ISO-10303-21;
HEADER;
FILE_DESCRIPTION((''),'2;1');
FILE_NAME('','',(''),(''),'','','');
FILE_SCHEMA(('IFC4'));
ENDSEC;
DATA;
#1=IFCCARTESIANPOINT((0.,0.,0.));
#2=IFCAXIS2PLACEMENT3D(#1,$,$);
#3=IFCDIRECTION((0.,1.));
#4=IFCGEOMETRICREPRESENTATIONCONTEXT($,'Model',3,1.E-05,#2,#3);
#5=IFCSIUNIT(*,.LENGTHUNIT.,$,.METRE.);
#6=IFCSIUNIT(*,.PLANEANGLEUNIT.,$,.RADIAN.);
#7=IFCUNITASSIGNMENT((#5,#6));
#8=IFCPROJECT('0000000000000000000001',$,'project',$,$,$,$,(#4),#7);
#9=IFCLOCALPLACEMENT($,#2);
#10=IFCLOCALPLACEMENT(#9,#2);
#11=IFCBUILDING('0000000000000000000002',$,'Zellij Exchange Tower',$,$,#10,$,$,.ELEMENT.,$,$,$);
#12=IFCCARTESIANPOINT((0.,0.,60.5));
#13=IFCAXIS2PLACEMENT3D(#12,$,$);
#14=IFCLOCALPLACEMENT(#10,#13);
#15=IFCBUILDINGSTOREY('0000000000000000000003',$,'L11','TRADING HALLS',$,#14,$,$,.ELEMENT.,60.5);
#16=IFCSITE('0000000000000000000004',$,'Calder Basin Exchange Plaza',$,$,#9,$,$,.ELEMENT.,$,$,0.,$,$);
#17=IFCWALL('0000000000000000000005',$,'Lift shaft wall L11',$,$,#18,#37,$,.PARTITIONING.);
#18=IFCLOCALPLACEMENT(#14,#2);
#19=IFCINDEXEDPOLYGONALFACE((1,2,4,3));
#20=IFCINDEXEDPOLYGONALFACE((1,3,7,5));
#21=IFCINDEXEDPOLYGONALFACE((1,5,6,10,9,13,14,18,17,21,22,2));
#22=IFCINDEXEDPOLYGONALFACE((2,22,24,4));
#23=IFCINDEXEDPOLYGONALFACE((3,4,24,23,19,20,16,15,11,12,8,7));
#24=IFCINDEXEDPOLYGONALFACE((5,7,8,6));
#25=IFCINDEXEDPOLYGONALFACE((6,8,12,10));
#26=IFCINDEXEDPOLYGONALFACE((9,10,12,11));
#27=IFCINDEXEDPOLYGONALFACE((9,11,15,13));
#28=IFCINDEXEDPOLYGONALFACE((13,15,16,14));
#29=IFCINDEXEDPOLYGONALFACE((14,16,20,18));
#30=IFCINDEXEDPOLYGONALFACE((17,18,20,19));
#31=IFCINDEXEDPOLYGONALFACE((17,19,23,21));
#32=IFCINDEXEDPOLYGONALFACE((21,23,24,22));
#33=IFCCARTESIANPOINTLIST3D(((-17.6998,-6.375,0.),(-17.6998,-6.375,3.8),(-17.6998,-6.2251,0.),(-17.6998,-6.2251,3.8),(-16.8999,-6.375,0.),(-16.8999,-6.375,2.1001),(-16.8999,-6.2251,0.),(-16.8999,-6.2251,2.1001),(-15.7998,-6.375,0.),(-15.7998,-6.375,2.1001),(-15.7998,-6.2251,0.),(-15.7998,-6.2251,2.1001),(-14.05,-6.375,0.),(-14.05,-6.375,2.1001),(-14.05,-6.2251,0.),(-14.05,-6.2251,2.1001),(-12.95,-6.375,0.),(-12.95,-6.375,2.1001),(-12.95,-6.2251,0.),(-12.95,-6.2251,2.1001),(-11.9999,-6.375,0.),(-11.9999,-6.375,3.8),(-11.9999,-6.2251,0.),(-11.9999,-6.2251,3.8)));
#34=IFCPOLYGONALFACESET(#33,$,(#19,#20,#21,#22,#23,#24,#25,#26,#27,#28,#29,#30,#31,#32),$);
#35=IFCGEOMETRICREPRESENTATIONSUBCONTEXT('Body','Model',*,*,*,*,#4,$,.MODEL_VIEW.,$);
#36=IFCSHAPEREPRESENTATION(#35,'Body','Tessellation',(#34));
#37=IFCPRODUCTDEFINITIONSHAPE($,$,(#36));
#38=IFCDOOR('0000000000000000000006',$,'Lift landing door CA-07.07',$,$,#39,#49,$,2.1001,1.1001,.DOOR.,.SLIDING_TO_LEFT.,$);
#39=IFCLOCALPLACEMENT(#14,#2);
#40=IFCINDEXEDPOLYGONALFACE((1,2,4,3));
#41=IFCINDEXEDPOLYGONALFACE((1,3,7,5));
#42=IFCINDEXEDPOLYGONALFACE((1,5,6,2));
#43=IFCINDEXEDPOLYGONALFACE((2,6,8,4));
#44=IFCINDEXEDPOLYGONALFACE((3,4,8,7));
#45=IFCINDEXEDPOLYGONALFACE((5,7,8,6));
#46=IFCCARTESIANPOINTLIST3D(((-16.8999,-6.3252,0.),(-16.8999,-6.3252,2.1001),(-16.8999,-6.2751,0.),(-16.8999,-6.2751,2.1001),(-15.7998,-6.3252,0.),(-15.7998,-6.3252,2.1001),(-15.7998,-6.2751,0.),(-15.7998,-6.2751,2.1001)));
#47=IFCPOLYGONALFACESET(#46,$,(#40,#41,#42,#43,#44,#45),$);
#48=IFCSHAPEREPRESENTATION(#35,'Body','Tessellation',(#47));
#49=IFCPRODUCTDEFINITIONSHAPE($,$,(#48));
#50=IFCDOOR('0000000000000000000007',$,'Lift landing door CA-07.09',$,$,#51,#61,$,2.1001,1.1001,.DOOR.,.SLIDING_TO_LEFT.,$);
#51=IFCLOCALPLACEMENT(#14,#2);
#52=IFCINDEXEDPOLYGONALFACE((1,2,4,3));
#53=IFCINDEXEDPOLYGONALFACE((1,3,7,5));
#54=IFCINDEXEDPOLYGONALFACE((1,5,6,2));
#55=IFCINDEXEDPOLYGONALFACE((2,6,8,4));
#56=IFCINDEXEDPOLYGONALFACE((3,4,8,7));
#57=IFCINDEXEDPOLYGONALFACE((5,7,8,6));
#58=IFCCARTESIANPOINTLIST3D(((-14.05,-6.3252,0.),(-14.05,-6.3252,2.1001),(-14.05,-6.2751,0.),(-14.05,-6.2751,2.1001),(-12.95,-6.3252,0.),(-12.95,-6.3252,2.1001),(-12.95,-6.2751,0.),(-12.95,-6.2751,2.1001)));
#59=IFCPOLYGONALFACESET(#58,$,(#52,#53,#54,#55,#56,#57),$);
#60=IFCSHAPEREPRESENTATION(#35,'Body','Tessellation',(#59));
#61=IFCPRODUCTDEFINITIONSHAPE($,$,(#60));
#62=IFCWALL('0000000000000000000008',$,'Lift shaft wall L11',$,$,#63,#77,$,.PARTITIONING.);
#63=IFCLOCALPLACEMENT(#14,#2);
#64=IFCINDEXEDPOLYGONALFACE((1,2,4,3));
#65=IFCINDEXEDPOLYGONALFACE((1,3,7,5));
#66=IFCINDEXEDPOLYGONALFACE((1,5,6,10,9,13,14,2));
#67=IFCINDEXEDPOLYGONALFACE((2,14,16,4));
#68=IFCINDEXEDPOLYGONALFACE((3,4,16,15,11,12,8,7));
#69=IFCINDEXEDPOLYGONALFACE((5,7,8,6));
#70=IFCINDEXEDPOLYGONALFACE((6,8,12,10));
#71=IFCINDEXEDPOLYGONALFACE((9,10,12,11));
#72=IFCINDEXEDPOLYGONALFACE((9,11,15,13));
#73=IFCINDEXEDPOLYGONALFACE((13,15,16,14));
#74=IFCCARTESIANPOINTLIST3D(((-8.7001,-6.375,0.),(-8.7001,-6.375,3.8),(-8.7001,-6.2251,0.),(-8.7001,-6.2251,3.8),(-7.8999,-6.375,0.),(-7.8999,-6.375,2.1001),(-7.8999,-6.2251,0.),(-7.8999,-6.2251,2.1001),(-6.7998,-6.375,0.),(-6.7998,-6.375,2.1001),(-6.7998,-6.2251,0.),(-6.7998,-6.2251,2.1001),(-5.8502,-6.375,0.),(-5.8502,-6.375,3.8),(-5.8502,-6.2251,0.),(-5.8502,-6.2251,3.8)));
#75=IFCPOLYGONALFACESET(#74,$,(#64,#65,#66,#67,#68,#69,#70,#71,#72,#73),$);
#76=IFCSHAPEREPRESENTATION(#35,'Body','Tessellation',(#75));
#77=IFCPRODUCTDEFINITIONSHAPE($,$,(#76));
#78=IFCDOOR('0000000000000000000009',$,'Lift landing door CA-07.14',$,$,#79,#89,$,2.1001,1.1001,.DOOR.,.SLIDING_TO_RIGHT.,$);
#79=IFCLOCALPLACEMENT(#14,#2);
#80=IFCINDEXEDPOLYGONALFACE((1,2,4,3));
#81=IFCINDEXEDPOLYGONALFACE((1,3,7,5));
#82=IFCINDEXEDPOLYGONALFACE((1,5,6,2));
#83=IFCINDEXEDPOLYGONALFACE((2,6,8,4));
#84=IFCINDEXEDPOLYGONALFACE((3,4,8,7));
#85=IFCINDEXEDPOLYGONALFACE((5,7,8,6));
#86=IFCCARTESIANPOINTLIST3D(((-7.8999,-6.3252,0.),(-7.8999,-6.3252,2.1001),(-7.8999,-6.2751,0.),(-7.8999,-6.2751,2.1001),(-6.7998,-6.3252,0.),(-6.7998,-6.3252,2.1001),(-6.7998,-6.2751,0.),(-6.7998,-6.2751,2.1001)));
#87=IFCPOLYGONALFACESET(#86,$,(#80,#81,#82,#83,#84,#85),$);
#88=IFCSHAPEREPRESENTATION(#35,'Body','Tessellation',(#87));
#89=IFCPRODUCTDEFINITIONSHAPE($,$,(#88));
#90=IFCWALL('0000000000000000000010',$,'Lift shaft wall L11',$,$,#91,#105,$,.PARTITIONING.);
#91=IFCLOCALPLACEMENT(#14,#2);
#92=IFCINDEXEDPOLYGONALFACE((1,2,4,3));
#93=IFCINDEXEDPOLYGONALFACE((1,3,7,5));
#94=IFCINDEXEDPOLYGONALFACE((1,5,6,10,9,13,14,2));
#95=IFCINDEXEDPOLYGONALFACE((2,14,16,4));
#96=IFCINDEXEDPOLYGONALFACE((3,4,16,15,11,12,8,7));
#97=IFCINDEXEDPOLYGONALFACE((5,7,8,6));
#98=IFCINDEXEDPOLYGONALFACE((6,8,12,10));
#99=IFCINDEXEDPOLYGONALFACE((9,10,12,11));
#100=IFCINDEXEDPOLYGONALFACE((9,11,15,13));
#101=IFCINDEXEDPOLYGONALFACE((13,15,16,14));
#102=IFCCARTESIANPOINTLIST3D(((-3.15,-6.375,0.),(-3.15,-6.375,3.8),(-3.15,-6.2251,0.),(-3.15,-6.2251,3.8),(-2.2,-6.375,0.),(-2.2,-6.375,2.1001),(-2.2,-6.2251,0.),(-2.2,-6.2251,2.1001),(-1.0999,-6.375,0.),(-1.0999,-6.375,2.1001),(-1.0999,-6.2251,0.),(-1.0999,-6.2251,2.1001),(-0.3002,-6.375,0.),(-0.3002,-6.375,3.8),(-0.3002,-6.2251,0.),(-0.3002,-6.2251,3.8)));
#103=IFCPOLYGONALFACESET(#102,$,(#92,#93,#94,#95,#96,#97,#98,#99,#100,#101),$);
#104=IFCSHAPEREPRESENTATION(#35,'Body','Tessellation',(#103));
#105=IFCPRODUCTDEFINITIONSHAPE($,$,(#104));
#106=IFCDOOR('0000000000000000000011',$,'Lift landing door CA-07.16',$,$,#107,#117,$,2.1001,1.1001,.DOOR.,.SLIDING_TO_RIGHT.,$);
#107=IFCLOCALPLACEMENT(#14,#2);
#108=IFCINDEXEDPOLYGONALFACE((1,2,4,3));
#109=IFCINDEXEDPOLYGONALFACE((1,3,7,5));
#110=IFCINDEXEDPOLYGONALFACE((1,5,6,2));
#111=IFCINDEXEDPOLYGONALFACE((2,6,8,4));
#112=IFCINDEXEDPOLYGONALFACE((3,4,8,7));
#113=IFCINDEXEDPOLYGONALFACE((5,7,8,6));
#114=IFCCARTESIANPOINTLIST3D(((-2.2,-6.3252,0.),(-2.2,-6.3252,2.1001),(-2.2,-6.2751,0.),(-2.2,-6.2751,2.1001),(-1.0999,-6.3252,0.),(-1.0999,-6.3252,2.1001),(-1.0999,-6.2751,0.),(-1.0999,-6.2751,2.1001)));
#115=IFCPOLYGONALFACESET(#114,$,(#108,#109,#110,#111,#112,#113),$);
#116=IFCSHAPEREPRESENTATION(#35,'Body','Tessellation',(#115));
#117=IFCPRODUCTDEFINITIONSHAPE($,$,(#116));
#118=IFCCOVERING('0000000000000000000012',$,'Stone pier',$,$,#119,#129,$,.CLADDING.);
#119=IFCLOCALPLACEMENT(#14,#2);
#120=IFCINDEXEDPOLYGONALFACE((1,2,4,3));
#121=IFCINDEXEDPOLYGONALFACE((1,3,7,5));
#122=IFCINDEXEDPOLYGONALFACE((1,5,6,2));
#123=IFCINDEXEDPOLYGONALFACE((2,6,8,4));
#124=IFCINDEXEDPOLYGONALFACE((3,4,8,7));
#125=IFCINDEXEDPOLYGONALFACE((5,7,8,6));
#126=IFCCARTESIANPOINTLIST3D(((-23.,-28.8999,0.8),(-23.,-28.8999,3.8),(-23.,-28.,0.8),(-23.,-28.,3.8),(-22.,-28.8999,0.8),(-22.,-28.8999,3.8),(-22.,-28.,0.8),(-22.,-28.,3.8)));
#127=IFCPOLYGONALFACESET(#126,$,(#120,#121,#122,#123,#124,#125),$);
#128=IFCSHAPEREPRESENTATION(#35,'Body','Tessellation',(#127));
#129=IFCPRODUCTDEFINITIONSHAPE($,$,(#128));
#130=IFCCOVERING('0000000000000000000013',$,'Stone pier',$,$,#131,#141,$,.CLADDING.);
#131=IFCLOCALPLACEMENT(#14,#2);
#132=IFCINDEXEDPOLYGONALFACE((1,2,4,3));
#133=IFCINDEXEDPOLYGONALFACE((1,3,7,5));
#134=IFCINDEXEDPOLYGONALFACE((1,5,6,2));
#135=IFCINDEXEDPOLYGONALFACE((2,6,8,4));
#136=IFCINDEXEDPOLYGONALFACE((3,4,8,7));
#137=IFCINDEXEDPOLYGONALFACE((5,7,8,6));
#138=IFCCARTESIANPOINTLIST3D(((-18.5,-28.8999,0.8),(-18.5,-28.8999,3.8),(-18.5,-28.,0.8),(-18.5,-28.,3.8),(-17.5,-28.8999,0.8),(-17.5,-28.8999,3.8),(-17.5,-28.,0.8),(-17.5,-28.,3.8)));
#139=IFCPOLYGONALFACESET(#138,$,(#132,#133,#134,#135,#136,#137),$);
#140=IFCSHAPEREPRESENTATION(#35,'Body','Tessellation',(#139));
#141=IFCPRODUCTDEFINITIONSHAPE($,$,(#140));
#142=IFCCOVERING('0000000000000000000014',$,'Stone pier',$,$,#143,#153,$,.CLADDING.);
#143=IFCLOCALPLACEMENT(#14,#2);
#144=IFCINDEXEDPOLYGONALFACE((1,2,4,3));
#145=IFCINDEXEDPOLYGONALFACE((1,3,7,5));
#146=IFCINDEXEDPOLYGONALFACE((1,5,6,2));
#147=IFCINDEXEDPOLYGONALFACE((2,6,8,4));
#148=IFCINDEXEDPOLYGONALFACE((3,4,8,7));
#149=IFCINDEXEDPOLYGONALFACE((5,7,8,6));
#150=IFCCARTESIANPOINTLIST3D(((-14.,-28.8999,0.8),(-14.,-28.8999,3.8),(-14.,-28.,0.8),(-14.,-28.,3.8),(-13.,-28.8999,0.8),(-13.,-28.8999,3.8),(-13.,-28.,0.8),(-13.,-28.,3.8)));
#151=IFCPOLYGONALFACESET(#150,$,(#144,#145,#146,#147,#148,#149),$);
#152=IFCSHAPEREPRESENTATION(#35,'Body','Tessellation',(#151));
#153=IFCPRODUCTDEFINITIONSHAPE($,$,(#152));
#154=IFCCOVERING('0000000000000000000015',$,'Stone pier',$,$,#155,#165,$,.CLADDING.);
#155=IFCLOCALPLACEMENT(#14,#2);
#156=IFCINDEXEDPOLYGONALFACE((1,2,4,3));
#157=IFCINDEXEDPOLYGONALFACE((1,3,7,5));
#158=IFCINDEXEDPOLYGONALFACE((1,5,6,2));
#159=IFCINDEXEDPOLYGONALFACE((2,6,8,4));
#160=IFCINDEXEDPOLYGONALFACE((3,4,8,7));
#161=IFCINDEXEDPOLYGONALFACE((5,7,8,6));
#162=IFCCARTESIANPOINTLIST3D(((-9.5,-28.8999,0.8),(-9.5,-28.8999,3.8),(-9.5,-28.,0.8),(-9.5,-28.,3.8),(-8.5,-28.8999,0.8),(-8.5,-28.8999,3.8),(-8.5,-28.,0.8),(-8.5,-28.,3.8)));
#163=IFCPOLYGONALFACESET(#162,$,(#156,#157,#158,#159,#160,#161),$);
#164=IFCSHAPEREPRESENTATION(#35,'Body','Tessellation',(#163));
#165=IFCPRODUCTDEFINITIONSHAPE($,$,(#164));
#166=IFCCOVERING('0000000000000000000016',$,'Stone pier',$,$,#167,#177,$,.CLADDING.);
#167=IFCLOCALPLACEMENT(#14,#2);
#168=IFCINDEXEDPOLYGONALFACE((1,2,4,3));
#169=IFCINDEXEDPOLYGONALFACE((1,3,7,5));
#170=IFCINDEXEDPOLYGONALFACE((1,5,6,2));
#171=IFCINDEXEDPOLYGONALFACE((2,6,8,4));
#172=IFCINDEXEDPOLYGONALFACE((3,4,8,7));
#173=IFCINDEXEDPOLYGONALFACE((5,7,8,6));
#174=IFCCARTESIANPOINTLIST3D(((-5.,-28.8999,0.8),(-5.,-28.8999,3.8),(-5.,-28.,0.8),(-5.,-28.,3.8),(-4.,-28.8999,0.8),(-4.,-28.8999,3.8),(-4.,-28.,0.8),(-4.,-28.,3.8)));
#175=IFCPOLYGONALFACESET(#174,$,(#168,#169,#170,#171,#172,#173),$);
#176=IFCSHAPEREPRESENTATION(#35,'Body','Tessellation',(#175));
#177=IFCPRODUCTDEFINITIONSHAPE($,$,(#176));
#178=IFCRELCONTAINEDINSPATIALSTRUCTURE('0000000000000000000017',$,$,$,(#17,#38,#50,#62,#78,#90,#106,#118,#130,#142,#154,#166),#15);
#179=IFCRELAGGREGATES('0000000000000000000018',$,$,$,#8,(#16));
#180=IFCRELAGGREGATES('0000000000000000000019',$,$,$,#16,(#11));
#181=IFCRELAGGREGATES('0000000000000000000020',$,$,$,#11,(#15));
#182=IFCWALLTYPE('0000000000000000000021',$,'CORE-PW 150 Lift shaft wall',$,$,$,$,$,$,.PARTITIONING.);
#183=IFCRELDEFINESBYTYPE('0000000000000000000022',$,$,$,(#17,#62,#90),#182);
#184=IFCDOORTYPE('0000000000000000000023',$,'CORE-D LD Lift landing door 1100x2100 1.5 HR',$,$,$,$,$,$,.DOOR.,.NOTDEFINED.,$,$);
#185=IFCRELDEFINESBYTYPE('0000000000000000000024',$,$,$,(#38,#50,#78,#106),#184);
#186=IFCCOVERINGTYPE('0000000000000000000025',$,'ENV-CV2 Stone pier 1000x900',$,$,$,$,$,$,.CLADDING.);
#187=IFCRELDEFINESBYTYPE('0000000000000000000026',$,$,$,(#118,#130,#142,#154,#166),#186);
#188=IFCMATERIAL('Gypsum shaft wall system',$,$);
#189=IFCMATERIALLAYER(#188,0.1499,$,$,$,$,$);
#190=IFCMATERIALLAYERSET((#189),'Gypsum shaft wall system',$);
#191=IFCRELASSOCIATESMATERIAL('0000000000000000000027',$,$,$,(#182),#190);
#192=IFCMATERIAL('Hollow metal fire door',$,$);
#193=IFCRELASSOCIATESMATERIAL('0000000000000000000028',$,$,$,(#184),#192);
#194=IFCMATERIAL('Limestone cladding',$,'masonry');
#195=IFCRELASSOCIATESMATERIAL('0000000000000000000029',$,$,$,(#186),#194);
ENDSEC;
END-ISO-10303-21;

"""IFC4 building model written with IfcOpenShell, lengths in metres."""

from ifc_helpers import new_model, si_unit, direction, frame, frame_2d, origin, place, context, subcontext, project, spatial, polyline, rectangle, outline, extrude, material, layer, layer_set, type_object, element, fill, save


model = new_model("IFC4")

# Units and contexts
model_context = context("Model", 3, precision=1e-05, world=origin(), true_north=direction((0.0, 1.0)))
body_context = subcontext(model_context, "Body", "Model", "MODEL_VIEW")
ifc_project = project(units=[si_unit("LENGTHUNIT", "METRE"), si_unit("PLANEANGLEUNIT", "RADIAN")], contexts=[model_context])

# Site, building, storey
site_placement = place(None, origin())
site = spatial("IfcSite", under=ifc_project, at=site_placement, Name="Calder Basin Exchange Plaza", CompositionType="ELEMENT", RefElevation=0.0)
building_placement = place(site_placement, origin())
building = spatial("IfcBuilding", under=site, at=building_placement, Name="Zellij Exchange Tower", CompositionType="ELEMENT")
storey_placement = place(building_placement, frame((0.0, 0.0, 60.5)))
storey = spatial("IfcBuildingStorey", under=building, at=storey_placement, Name="L11", Description="TRADING HALLS", CompositionType="ELEMENT", Elevation=60.5)

# Shared definitions
ifc_material_1 = material(Name="Gypsum shaft wall system")
ifc_layer_1 = layer(ifc_material_1, 0.1499)
ifc_layer_set_1 = layer_set([ifc_layer_1], Name="Gypsum shaft wall system")
wall_type_1 = type_object("IfcWallType", Name="CORE-PW 150 Lift shaft wall", PredefinedType="PARTITIONING", material=ifc_layer_set_1)

# Wall, openings, doors
wall_1_placement = place(storey_placement, frame((-17.7, -6.3, 0.0), z_axis=(0.0, 0.0, 1.0), x_axis=(1.0, 0.0, 0.0)))
wall_1 = element("IfcWall", 1, at=wall_1_placement, inside=storey, type_object=wall_type_1, Name="Lift shaft wall L11", PredefinedType="PARTITIONING", context=body_context, shape_type="SweptSolid", body=[
    extrude(rectangle(XDim=5.7, YDim=0.1499, at=frame_2d((2.8501, 0.0))), origin(), (0.0, 0.0, 1.0), 3.8),
])
opening_1_placement = place(wall_1_placement, frame((0.8, 0.0, 0.0)))
opening_1 = element("IfcOpeningElement", 2, at=opening_1_placement, cuts=wall_1, PredefinedType="OPENING", context=body_context, shape_type="SweptSolid", body=[
    extrude(rectangle(XDim=1.1001, YDim=2.1001, at=frame_2d((0.55, 1.05))), frame((0.0, 0.0869, 0.0), z_axis=(0.0, -1.0, 0.0), x_axis=(1.0, 0.0, 0.0)), (0.0, 0.0, 1.0), 0.1738),
])
opening_2_placement = place(wall_1_placement, frame((3.6499, 0.0, 0.0)))
opening_2 = element("IfcOpeningElement", 3, at=opening_2_placement, cuts=wall_1, PredefinedType="OPENING", context=body_context, shape_type="SweptSolid", body=[
    extrude(rectangle(XDim=1.1001, YDim=2.1001, at=frame_2d((0.55, 1.05))), frame((0.0, 0.0869, 0.0), z_axis=(0.0, -1.0, 0.0), x_axis=(1.0, 0.0, 0.0)), (0.0, 0.0, 1.0), 0.1738),
])
ifc_material_2 = material(Name="Hollow metal fire door")
door_type = type_object("IfcDoorType", Name="CORE-D LD Lift landing door 1100x2100 1.5 HR", OperationType="NOTDEFINED", PredefinedType="DOOR", material=ifc_material_2)
door_1_placement = place(opening_1_placement, origin())
door_1 = element("IfcDoor", 4, at=door_1_placement, inside=storey, type_object=door_type, Name="Lift landing door CA-07.07", OperationType="SLIDING_TO_LEFT", OverallHeight=2.1001, OverallWidth=1.1001, PredefinedType="DOOR", context=body_context, shape_type="SweptSolid", body=[
    extrude(rectangle(XDim=1.1001, YDim=2.1001, at=frame_2d((0.55, 1.05))), frame((0.0, 0.0249, 0.0), z_axis=(0.0, -1.0, 0.0), x_axis=(1.0, 0.0, 0.0)), (0.0, 0.0, 1.0), 0.05),
])
fill(opening_1, door_1)
door_2_placement = place(opening_2_placement, origin())
door_2 = element("IfcDoor", 5, at=door_2_placement, inside=storey, type_object=door_type, Name="Lift landing door CA-07.09", OperationType="SLIDING_TO_LEFT", OverallHeight=2.1001, OverallWidth=1.1001, PredefinedType="DOOR", context=body_context, shape_type="SweptSolid", body=[
    extrude(rectangle(XDim=1.1001, YDim=2.1001, at=frame_2d((0.55, 1.05))), frame((0.0, 0.0249, 0.0), z_axis=(0.0, -1.0, 0.0), x_axis=(1.0, 0.0, 0.0)), (0.0, 0.0, 1.0), 0.05),
])
fill(opening_2, door_2)

# Walls, openings, doors
wall_2_placement = place(storey_placement, frame((-8.7, -6.3, 0.0), z_axis=(0.0, 0.0, 1.0), x_axis=(1.0, 0.0, 0.0)))
wall_2 = element("IfcWall", 6, at=wall_2_placement, inside=storey, type_object=wall_type_1, Name="Lift shaft wall L11", PredefinedType="PARTITIONING", context=body_context, shape_type="SweptSolid", body=[
    extrude(rectangle(XDim=2.8499, YDim=0.1499, at=frame_2d((1.4248, 0.0))), origin(), (0.0, 0.0, 1.0), 3.8),
])
opening_3_placement = place(wall_2_placement, frame((0.8, 0.0, 0.0)))
opening_3 = element("IfcOpeningElement", 7, at=opening_3_placement, cuts=wall_2, PredefinedType="OPENING", context=body_context, shape_type="SweptSolid", body=[
    extrude(rectangle(XDim=1.1001, YDim=2.1001, at=frame_2d((0.55, 1.05))), frame((0.0, 0.0869, 0.0), z_axis=(0.0, -1.0, 0.0), x_axis=(1.0, 0.0, 0.0)), (0.0, 0.0, 1.0), 0.1738),
])
door_3_placement = place(opening_3_placement, origin())
door_3 = element("IfcDoor", 8, at=door_3_placement, inside=storey, type_object=door_type, Name="Lift landing door CA-07.14", OperationType="SLIDING_TO_RIGHT", OverallHeight=2.1001, OverallWidth=1.1001, PredefinedType="DOOR", context=body_context, shape_type="SweptSolid", body=[
    extrude(rectangle(XDim=1.1001, YDim=2.1001, at=frame_2d((0.55, 1.05))), frame((0.0, 0.0249, 0.0), z_axis=(0.0, -1.0, 0.0), x_axis=(1.0, 0.0, 0.0)), (0.0, 0.0, 1.0), 0.05),
])
fill(opening_3, door_3)
wall_3_placement = place(storey_placement, frame((-3.1499, -6.3, 0.0), z_axis=(0.0, 0.0, 1.0), x_axis=(1.0, 0.0, 0.0)))
wall_3 = element("IfcWall", 9, at=wall_3_placement, inside=storey, type_object=wall_type_1, Name="Lift shaft wall L11", PredefinedType="PARTITIONING", context=body_context, shape_type="SweptSolid", body=[
    extrude(rectangle(XDim=2.8499, YDim=0.1499, at=frame_2d((1.4248, 0.0))), origin(), (0.0, 0.0, 1.0), 3.8),
])
opening_4_placement = place(wall_3_placement, frame((0.95, 0.0, 0.0)))
opening_4 = element("IfcOpeningElement", 10, at=opening_4_placement, cuts=wall_3, PredefinedType="OPENING", context=body_context, shape_type="SweptSolid", body=[
    extrude(rectangle(XDim=1.1001, YDim=2.1001, at=frame_2d((0.55, 1.05))), frame((0.0, 0.0869, 0.0), z_axis=(0.0, -1.0, 0.0), x_axis=(1.0, 0.0, 0.0)), (0.0, 0.0, 1.0), 0.1738),
])
door_4_placement = place(opening_4_placement, origin())
door_4 = element("IfcDoor", 11, at=door_4_placement, inside=storey, type_object=door_type, Name="Lift landing door CA-07.16", OperationType="SLIDING_TO_RIGHT", OverallHeight=2.1001, OverallWidth=1.1001, PredefinedType="DOOR", context=body_context, shape_type="SweptSolid", body=[
    extrude(rectangle(XDim=1.1001, YDim=2.1001, at=frame_2d((0.55, 1.05))), frame((0.0, 0.0249, 0.0), z_axis=(0.0, -1.0, 0.0), x_axis=(1.0, 0.0, 0.0)), (0.0, 0.0, 1.0), 0.05),
])
fill(opening_4, door_4)

# Coverings
ifc_material_3 = material(Name="Limestone cladding", Category="masonry")
covering_type = type_object("IfcCoveringType", Name="ENV-CV2 Stone pier 1000x900", PredefinedType="CLADDING", material=ifc_material_3)
covering_1_placement = place(storey_placement, frame((0.0, 0.0, 0.8)))
element("IfcCovering", 12, at=covering_1_placement, inside=storey, type_object=covering_type, Name="Stone pier", PredefinedType="CLADDING", context=body_context, shape_type="SweptSolid", body=[
    extrude(outline(polyline([(-23.0, -28.0), (-22.0, -28.0), (-22.0, -28.8999), (-23.0, -28.8999), (-23.0, -28.0)])), origin(), (0.0, 0.0, 1.0), 3.0),
])
covering_2_placement = place(storey_placement, frame((0.0, 0.0, 0.8)))
element("IfcCovering", 13, at=covering_2_placement, inside=storey, type_object=covering_type, Name="Stone pier", PredefinedType="CLADDING", context=body_context, shape_type="SweptSolid", body=[
    extrude(outline(polyline([(-18.5, -28.0), (-17.5, -28.0), (-17.5, -28.8999), (-18.5, -28.8999), (-18.5, -28.0)])), origin(), (0.0, 0.0, 1.0), 3.0),
])
covering_3_placement = place(storey_placement, frame((0.0, 0.0, 0.8)))
element("IfcCovering", 14, at=covering_3_placement, inside=storey, type_object=covering_type, Name="Stone pier", PredefinedType="CLADDING", context=body_context, shape_type="SweptSolid", body=[
    extrude(outline(polyline([(-14.0, -28.0), (-13.0, -28.0), (-13.0, -28.8999), (-14.0, -28.8999), (-14.0, -28.0)])), origin(), (0.0, 0.0, 1.0), 3.0),
])
covering_4_placement = place(storey_placement, frame((0.0, 0.0, 0.8)))
element("IfcCovering", 15, at=covering_4_placement, inside=storey, type_object=covering_type, Name="Stone pier", PredefinedType="CLADDING", context=body_context, shape_type="SweptSolid", body=[
    extrude(outline(polyline([(-9.5, -28.0), (-8.5, -28.0), (-8.5, -28.8999), (-9.5, -28.8999), (-9.5, -28.0)])), origin(), (0.0, 0.0, 1.0), 3.0),
])
covering_5_placement = place(storey_placement, frame((0.0, 0.0, 0.8)))
element("IfcCovering", 16, at=covering_5_placement, inside=storey, type_object=covering_type, Name="Stone pier", PredefinedType="CLADDING", context=body_context, shape_type="SweptSolid", body=[
    extrude(outline(polyline([(-5.0, -28.0), (-4.0, -28.0), (-4.0, -28.8999), (-5.0, -28.8999), (-5.0, -28.0)])), origin(), (0.0, 0.0, 1.0), 3.0),
])

save(model, "model.ifc")
